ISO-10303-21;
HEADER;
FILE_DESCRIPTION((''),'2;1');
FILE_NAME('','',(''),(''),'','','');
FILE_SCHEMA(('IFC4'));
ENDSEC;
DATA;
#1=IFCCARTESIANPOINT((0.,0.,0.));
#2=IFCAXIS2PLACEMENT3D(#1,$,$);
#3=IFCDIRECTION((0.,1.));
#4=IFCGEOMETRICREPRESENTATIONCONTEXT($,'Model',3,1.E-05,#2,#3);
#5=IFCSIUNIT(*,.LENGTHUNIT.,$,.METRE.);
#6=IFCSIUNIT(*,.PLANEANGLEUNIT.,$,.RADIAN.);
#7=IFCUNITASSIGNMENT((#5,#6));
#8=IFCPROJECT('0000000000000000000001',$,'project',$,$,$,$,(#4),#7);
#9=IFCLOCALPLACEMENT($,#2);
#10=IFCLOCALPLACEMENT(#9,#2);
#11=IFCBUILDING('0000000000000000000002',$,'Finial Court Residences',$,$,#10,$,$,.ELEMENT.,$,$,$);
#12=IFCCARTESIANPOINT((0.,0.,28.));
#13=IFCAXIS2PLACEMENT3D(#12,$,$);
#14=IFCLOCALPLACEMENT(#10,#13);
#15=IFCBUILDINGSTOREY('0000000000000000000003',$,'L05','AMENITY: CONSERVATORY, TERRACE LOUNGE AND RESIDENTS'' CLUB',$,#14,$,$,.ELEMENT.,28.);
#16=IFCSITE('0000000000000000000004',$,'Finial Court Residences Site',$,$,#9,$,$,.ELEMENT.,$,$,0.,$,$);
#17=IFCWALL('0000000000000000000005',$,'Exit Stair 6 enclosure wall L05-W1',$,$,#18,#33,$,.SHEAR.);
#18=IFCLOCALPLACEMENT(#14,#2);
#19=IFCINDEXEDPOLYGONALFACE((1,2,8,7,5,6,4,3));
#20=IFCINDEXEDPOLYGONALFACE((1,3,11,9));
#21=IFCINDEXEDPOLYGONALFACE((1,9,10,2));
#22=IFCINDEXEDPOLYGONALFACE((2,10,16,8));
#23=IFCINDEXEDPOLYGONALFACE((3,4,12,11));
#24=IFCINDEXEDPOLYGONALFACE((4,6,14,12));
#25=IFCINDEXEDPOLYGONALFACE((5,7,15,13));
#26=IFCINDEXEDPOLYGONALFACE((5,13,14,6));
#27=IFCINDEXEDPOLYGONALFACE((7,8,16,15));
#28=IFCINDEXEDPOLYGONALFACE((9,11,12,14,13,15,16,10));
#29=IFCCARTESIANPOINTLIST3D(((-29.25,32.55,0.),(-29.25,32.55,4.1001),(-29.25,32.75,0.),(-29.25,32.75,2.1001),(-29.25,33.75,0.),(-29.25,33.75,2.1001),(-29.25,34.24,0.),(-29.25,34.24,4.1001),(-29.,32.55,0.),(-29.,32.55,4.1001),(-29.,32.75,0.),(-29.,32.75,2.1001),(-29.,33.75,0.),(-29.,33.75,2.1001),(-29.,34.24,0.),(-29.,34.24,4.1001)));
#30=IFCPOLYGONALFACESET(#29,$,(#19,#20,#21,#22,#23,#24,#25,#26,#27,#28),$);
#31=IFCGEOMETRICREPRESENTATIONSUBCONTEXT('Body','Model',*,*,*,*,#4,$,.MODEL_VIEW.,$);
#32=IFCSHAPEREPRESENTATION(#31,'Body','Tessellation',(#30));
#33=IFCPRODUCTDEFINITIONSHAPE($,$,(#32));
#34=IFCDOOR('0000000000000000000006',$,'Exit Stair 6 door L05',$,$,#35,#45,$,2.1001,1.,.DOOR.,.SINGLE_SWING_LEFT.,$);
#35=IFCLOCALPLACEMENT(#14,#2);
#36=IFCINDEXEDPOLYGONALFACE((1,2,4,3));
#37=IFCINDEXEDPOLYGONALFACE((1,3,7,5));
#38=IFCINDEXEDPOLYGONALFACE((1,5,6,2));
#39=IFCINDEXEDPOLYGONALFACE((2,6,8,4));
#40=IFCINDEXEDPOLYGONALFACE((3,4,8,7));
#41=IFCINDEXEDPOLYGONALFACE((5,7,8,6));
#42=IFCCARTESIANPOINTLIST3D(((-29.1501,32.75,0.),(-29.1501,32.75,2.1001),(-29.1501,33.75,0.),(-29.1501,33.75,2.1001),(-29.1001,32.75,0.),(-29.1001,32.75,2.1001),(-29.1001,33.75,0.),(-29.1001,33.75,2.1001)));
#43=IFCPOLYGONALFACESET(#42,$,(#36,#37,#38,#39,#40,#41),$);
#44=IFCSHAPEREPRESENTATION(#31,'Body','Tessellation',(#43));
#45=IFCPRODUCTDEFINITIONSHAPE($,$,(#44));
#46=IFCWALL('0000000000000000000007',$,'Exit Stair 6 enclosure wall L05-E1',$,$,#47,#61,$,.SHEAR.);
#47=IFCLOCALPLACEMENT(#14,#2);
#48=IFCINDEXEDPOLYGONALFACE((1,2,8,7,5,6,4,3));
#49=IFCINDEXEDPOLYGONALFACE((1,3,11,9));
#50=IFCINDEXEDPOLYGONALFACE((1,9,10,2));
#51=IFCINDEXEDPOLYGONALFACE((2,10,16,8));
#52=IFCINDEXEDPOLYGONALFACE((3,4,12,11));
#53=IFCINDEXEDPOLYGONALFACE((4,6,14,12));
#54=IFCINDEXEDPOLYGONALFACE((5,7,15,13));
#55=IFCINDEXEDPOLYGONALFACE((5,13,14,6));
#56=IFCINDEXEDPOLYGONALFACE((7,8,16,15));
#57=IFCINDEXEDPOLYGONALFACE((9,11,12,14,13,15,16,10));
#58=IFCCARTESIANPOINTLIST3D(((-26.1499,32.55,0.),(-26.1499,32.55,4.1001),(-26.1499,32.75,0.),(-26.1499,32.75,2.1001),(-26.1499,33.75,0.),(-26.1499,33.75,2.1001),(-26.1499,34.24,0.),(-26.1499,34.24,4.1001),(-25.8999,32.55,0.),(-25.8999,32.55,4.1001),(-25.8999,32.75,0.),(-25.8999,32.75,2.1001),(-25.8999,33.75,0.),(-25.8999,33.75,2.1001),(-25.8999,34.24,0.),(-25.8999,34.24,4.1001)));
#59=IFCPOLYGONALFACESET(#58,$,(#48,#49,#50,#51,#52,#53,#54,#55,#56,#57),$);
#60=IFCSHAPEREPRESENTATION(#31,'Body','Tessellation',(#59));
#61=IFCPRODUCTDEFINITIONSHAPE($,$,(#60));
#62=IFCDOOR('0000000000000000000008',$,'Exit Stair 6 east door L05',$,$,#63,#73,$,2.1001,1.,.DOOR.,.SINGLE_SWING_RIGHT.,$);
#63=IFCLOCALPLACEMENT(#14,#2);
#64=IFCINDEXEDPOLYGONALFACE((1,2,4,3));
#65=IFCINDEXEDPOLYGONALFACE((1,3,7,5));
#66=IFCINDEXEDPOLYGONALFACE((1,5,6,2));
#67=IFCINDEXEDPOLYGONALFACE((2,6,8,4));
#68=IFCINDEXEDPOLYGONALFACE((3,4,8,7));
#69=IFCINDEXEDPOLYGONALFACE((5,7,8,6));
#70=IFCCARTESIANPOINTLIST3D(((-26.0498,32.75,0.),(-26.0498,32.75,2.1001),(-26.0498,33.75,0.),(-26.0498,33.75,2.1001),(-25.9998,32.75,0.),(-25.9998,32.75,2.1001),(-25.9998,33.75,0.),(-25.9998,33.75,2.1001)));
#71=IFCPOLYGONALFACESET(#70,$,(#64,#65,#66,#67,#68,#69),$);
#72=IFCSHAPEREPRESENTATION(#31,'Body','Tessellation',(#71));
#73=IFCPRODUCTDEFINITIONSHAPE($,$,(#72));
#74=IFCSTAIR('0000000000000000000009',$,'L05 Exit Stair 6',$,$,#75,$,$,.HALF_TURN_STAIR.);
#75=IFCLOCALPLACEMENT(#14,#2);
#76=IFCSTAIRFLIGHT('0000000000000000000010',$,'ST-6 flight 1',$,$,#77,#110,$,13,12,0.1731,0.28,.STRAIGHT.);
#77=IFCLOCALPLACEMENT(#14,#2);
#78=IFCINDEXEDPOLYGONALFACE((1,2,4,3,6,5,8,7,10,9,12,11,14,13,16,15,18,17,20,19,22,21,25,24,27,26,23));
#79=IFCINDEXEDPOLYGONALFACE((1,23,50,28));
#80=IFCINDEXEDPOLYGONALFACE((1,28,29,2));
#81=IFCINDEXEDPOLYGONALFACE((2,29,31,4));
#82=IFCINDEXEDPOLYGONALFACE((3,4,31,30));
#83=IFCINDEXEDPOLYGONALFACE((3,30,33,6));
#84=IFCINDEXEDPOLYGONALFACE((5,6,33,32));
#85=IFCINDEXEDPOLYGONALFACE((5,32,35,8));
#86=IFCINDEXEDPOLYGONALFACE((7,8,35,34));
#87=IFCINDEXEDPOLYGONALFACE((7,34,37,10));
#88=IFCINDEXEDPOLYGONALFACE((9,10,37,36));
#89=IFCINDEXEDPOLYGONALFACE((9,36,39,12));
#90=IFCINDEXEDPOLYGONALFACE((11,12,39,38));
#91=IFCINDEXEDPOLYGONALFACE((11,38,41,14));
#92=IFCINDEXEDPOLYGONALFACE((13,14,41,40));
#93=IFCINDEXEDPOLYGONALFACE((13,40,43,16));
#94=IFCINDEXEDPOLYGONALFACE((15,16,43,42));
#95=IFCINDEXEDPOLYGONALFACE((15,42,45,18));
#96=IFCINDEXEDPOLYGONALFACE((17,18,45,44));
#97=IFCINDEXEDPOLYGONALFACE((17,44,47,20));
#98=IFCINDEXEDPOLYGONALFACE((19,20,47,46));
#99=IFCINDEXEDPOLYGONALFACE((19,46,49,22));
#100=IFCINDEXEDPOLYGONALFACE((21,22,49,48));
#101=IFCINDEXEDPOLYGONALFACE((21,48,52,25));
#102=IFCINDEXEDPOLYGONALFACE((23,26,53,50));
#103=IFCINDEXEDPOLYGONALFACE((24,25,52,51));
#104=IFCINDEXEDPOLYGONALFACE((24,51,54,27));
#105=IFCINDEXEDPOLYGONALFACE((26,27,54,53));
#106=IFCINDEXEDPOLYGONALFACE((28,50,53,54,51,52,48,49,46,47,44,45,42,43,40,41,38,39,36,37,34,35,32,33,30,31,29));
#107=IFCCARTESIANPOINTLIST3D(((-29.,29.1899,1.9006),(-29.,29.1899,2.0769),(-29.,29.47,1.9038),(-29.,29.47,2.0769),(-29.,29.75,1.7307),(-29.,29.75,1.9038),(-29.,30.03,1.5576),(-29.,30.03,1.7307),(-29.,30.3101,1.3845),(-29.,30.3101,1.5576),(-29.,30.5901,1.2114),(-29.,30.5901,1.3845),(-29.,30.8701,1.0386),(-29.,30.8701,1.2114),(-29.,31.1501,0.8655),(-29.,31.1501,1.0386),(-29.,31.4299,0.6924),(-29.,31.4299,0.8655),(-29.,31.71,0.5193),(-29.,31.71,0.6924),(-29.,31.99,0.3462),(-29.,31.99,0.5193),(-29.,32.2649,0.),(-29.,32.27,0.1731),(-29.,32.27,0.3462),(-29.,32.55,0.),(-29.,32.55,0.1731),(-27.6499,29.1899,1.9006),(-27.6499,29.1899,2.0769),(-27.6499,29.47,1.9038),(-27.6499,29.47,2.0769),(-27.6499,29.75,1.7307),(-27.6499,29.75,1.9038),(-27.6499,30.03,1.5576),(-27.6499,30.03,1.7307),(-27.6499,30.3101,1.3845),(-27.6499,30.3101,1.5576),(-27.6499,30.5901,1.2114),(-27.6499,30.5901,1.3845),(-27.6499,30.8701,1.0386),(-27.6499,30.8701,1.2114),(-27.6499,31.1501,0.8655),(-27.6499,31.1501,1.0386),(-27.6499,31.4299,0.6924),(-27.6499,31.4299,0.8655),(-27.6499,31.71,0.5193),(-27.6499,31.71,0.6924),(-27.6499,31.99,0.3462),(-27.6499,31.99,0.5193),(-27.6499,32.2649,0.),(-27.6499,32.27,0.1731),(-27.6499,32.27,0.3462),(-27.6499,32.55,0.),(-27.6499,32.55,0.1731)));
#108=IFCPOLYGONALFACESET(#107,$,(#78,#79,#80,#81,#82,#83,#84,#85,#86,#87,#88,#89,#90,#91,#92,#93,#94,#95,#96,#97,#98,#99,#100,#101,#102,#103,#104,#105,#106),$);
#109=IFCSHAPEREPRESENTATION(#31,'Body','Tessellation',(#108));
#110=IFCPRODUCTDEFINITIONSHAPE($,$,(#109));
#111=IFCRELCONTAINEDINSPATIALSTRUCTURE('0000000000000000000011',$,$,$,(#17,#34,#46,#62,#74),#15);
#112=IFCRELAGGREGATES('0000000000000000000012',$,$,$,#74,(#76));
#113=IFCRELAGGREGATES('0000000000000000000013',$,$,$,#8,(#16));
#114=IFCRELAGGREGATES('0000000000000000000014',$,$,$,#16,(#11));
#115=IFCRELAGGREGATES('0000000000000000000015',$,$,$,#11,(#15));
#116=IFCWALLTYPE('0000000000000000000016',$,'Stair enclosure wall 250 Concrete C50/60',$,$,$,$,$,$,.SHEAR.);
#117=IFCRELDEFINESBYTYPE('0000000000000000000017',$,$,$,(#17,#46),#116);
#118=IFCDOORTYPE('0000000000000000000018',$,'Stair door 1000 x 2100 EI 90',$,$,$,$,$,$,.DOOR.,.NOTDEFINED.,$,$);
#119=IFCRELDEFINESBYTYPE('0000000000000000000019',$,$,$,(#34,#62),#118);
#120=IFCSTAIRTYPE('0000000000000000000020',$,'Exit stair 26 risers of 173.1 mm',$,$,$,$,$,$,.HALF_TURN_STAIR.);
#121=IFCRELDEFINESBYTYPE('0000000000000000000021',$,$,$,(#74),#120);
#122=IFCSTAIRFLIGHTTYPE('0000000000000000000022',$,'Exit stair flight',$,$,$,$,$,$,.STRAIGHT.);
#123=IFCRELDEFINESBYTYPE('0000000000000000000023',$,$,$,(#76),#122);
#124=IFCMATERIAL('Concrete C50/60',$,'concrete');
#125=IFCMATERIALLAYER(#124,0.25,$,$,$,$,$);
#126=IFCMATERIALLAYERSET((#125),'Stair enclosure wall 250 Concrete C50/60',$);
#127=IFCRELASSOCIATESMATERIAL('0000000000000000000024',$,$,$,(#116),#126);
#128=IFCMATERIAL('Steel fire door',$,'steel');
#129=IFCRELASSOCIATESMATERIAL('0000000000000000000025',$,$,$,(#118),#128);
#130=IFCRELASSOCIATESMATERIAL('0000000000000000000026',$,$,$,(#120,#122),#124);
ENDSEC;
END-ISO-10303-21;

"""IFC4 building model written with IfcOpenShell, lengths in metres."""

from ifc_helpers import new_model, si_unit, direction, frame, frame_2d, origin, place, context, subcontext, project, spatial, polyline, rectangle, outline, extrude, material, layer, layer_set, type_object, element, fill, aggregate, save


model = new_model("IFC4")

# Units and contexts
model_context = context("Model", 3, precision=1e-05, world=origin(), true_north=direction((0.0, 1.0)))
body_context = subcontext(model_context, "Body", "Model", "MODEL_VIEW")
ifc_project = project(units=[si_unit("LENGTHUNIT", "METRE"), si_unit("PLANEANGLEUNIT", "RADIAN")], contexts=[model_context])

# Site, building, storey
site_placement = place(None, origin())
site = spatial("IfcSite", under=ifc_project, at=site_placement, Name="Finial Court Residences Site", CompositionType="ELEMENT", RefElevation=0.0)
building_placement = place(site_placement, origin())
building = spatial("IfcBuilding", under=site, at=building_placement, Name="Finial Court Residences", CompositionType="ELEMENT")
storey_placement = place(building_placement, frame((0.0, 0.0, 28.0)))
storey = spatial("IfcBuildingStorey", under=building, at=storey_placement, Name="L05", Description="AMENITY: CONSERVATORY, TERRACE LOUNGE AND RESIDENTS' CLUB", CompositionType="ELEMENT", Elevation=28.0)

# Walls, openings, doors
ifc_material_1 = material(Name="Concrete C50/60", Category="concrete")
ifc_layer_1 = layer(ifc_material_1, 0.25)
ifc_layer_set_1 = layer_set([ifc_layer_1], Name="Stair enclosure wall 250 Concrete C50/60")
wall_type = type_object("IfcWallType", Name="Stair enclosure wall 250 Concrete C50/60", PredefinedType="SHEAR", material=ifc_layer_set_1)
wall_1_placement = place(storey_placement, frame((-29.125, 34.24, 0.0), z_axis=(0.0, 0.0, 1.0), x_axis=(0.0, -1.0, 0.0)))
wall_1 = element("IfcWall", 1, at=wall_1_placement, inside=storey, type_object=wall_type, Name="Exit Stair 6 enclosure wall L05-W1", PredefinedType="SHEAR", context=body_context, shape_type="SweptSolid", body=[
    extrude(rectangle(XDim=1.6899, YDim=0.25, at=frame_2d((0.845, 0.0))), origin(), (0.0, 0.0, 1.0), 4.1001),
])
opening_1_placement = place(wall_1_placement, frame((0.49, 0.0, 0.0)))
opening_1 = element("IfcOpeningElement", 2, at=opening_1_placement, cuts=wall_1, PredefinedType="OPENING", context=body_context, shape_type="SweptSolid", body=[
    extrude(rectangle(XDim=1.0, YDim=2.1001, at=frame_2d((0.5, 1.05))), frame((0.0, 0.135, 0.0), z_axis=(0.0, -1.0, 0.0), x_axis=(1.0, 0.0, 0.0)), (0.0, 0.0, 1.0), 0.27),
])
ifc_material_2 = material(Name="Steel fire door", Category="steel")
door_type = type_object("IfcDoorType", Name="Stair door 1000 x 2100 EI 90", OperationType="NOTDEFINED", PredefinedType="DOOR", material=ifc_material_2)
door_1_placement = place(opening_1_placement, origin())
door_1 = element("IfcDoor", 3, at=door_1_placement, inside=storey, type_object=door_type, Name="Exit Stair 6 door L05", OperationType="SINGLE_SWING_LEFT", OverallHeight=2.1001, OverallWidth=1.0, PredefinedType="DOOR", context=body_context, shape_type="SweptSolid", body=[
    extrude(rectangle(XDim=1.0, YDim=2.1001, at=frame_2d((0.5, 1.05))), frame((0.0, 0.0249, 0.0), z_axis=(0.0, -1.0, 0.0), x_axis=(1.0, 0.0, 0.0)), (0.0, 0.0, 1.0), 0.05),
])
fill(opening_1, door_1)
wall_2_placement = place(storey_placement, frame((-26.0249, 32.55, 0.0), z_axis=(0.0, 0.0, 1.0), x_axis=(0.0, 1.0, 0.0)))
wall_2 = element("IfcWall", 4, at=wall_2_placement, inside=storey, type_object=wall_type, Name="Exit Stair 6 enclosure wall L05-E1", PredefinedType="SHEAR", context=body_context, shape_type="SweptSolid", body=[
    extrude(rectangle(XDim=1.6899, YDim=0.25, at=frame_2d((0.845, 0.0))), origin(), (0.0, 0.0, 1.0), 4.1001),
])
opening_2_placement = place(wall_2_placement, frame((0.2, 0.0, 0.0)))
opening_2 = element("IfcOpeningElement", 5, at=opening_2_placement, cuts=wall_2, PredefinedType="OPENING", context=body_context, shape_type="SweptSolid", body=[
    extrude(rectangle(XDim=1.0, YDim=2.1001, at=frame_2d((0.5, 1.05))), frame((0.0, 0.135, 0.0), z_axis=(0.0, -1.0, 0.0), x_axis=(1.0, 0.0, 0.0)), (0.0, 0.0, 1.0), 0.27),
])
door_2_placement = place(opening_2_placement, origin())
door_2 = element("IfcDoor", 6, at=door_2_placement, inside=storey, type_object=door_type, Name="Exit Stair 6 east door L05", OperationType="SINGLE_SWING_RIGHT", OverallHeight=2.1001, OverallWidth=1.0, PredefinedType="DOOR", context=body_context, shape_type="SweptSolid", body=[
    extrude(rectangle(XDim=1.0, YDim=2.1001, at=frame_2d((0.5, 1.05))), frame((0.0, 0.0249, 0.0), z_axis=(0.0, -1.0, 0.0), x_axis=(1.0, 0.0, 0.0)), (0.0, 0.0, 1.0), 0.05),
])
fill(opening_2, door_2)

# Stair, stair flight
stair_type = type_object("IfcStairType", Name="Exit stair 26 risers of 173.1 mm", PredefinedType="HALF_TURN_STAIR", material=ifc_material_1)
stair_placement = place(storey_placement, origin())
stair = element("IfcStair", 7, at=stair_placement, inside=storey, type_object=stair_type, Name="L05 Exit Stair 6", PredefinedType="HALF_TURN_STAIR")
stair_flight_type = type_object("IfcStairFlightType", Name="Exit stair flight", PredefinedType="STRAIGHT", material=ifc_material_1)
stair_flight_placement = place(storey_placement, frame((-28.325, 32.55, 0.0), z_axis=(0.0, 0.0, 1.0), x_axis=(0.0, -1.0, 0.0)))
stair_flight = element("IfcStairFlight", 8, at=stair_flight_placement, type_object=stair_flight_type, Name="ST-6 flight 1", NumberOfRisers=13, NumberOfTreads=12, PredefinedType="STRAIGHT", RiserHeight=0.1731, TreadLength=0.28, context=body_context, shape_type="SweptSolid", body=[
    extrude(outline(polyline([(0.0, 0.0), (0.0, 0.1731), (0.28, 0.1731), (0.28, 0.3462), (0.5601, 0.3462), (0.5601, 0.5193), (0.8401, 0.5193), (0.8401, 0.6924), (1.1201, 0.6924), (1.1201, 0.8655), (1.3999, 0.8655), (1.3999, 1.0386), (1.6799, 1.0386), (1.6799, 1.2114), (1.96, 1.2114), (1.96, 1.3845), (2.24, 1.3845), (2.24, 1.5576), (2.52, 1.5576), (2.52, 1.7307), (2.8, 1.7307), (2.8, 1.9038), (3.0801, 1.9038), (3.0801, 2.0769), (3.3601, 2.0769), (3.3601, 2.25), (3.3601, 1.9006), (0.2852, 0.0), (0.0, 0.0)])), frame((0.0, 0.675, 0.0), z_axis=(0.0, -1.0, 0.0), x_axis=(1.0, 0.0, 0.0)), (0.0, 0.0, 1.0), 1.3501),
])
aggregate(stair, [stair_flight])

save(model, "model.ifc")
